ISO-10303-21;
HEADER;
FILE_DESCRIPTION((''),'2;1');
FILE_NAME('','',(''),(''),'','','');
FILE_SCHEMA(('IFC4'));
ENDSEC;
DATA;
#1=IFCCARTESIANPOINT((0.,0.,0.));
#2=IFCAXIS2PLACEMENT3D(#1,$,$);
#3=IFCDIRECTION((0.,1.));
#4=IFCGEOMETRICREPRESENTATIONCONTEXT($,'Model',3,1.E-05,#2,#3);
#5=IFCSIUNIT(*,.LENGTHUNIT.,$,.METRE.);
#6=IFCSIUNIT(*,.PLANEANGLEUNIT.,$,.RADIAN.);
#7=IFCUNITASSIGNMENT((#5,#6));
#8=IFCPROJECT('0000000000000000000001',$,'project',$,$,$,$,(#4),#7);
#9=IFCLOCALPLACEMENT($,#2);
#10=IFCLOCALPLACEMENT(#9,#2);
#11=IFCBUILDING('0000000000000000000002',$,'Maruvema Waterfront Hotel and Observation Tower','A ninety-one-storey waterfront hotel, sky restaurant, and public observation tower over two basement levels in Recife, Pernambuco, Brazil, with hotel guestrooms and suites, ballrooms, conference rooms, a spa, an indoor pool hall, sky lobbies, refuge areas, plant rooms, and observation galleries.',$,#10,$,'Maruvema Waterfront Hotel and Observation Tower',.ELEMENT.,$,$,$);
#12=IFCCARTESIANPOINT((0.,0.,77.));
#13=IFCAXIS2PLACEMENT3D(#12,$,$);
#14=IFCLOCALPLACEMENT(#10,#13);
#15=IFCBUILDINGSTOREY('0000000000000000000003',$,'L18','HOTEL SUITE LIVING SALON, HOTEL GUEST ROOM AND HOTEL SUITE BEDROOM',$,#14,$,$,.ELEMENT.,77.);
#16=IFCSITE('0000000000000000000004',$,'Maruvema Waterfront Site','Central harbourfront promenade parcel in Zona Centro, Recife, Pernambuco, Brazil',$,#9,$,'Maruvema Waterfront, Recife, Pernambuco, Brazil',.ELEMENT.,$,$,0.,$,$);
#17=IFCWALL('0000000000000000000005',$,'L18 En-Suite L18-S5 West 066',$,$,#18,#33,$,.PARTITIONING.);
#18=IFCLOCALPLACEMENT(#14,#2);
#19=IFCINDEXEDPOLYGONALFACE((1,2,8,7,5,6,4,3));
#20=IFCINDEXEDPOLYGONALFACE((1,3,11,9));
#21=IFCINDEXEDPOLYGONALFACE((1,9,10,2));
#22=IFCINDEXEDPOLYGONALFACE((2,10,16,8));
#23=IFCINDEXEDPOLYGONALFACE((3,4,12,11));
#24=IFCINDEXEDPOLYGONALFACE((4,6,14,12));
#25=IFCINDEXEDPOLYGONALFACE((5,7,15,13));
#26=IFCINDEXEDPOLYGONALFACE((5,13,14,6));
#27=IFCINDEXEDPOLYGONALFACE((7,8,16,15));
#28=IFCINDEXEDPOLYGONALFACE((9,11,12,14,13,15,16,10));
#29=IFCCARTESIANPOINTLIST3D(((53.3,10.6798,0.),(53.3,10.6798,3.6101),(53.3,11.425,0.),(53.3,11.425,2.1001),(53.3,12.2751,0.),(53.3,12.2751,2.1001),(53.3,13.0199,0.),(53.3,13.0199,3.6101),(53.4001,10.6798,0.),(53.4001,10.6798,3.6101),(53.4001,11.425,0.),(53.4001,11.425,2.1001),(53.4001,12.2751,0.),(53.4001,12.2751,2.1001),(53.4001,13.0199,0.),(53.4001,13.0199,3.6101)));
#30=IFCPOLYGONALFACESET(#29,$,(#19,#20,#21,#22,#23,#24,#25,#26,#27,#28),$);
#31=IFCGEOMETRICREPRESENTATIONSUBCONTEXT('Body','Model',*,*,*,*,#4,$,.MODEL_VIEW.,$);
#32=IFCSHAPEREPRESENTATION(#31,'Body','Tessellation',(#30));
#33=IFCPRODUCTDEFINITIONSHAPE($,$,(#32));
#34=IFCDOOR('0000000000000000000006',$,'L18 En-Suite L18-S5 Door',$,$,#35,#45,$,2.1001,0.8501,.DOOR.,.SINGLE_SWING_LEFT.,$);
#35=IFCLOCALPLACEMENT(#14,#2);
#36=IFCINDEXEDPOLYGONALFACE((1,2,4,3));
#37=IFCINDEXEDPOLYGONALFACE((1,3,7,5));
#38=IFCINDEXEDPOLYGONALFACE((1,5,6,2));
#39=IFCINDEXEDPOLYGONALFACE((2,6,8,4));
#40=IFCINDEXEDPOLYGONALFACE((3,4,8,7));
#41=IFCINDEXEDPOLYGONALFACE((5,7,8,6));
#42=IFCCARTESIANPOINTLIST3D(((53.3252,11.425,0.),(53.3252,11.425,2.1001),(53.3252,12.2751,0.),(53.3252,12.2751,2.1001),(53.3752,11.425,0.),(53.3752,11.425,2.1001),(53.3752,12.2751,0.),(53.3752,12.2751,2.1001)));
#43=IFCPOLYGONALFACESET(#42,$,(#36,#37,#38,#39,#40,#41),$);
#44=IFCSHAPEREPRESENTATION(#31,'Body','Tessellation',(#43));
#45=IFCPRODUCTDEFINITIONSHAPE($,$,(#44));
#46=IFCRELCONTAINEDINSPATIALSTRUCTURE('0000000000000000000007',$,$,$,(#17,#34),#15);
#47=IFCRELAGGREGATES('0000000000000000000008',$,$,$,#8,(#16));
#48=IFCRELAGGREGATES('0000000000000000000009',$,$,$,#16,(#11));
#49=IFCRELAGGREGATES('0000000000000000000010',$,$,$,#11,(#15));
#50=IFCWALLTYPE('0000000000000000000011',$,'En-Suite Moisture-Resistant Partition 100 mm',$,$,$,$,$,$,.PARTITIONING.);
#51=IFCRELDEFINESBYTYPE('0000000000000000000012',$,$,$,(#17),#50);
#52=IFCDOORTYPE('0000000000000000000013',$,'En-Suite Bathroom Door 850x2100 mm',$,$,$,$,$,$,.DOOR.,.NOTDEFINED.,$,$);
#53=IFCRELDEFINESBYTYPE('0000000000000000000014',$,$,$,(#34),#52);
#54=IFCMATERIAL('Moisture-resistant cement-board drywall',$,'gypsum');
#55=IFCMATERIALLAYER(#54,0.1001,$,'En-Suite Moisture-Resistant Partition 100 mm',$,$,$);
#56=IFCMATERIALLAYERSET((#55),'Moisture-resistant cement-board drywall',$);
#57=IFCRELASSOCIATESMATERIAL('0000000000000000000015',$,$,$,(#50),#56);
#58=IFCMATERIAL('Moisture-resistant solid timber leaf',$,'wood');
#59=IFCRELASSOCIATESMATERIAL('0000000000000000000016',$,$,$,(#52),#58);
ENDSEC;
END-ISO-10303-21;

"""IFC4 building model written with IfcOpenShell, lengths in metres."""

from ifc_helpers import new_model, si_unit, direction, frame, frame_2d, origin, place, context, subcontext, project, spatial, rectangle, extrude, material, layer, layer_set, type_object, element, fill, save


model = new_model("IFC4")

# Units and contexts
model_context = context("Model", 3, precision=1e-05, world=origin(), true_north=direction((0.0, 1.0)))
body_context = subcontext(model_context, "Body", "Model", "MODEL_VIEW")
ifc_project = project(units=[si_unit("LENGTHUNIT", "METRE"), si_unit("PLANEANGLEUNIT", "RADIAN")], contexts=[model_context])

# Site, building, storey
site_placement = place(None, origin())
site = spatial("IfcSite", under=ifc_project, at=site_placement, Name="Maruvema Waterfront Site", Description="Central harbourfront promenade parcel in Zona Centro, Recife, Pernambuco, Brazil", LongName="Maruvema Waterfront, Recife, Pernambuco, Brazil", CompositionType="ELEMENT", RefElevation=0.0)
building_placement = place(site_placement, origin())
building = spatial("IfcBuilding", under=site, at=building_placement, Name="Maruvema Waterfront Hotel and Observation Tower", Description="A ninety-one-storey waterfront hotel, sky restaurant, and public observation tower over two basement levels in Recife, Pernambuco, Brazil, with hotel guestrooms and suites, ballrooms, conference rooms, a spa, an indoor pool hall, sky lobbies, refuge areas, plant rooms, and observation galleries.", LongName="Maruvema Waterfront Hotel and Observation Tower", CompositionType="ELEMENT")
storey_placement = place(building_placement, frame((0.0, 0.0, 77.0)))
storey = spatial("IfcBuildingStorey", under=building, at=storey_placement, Name="L18", Description="HOTEL SUITE LIVING SALON, HOTEL GUEST ROOM AND HOTEL SUITE BEDROOM", CompositionType="ELEMENT", Elevation=77.0)

# Shared definitions
ifc_material_1 = material(Name="Moisture-resistant cement-board drywall", Category="gypsum")
ifc_layer_1 = layer(ifc_material_1, 0.1001, Name="En-Suite Moisture-Resistant Partition 100 mm")
ifc_layer_set_1 = layer_set([ifc_layer_1], Name="Moisture-resistant cement-board drywall")
wall_type_1 = type_object("IfcWallType", Name="En-Suite Moisture-Resistant Partition 100 mm", PredefinedType="PARTITIONING", material=ifc_layer_set_1)
ifc_material_2 = material(Name="Moisture-resistant solid timber leaf", Category="wood")
door_type_1 = type_object("IfcDoorType", Name="En-Suite Bathroom Door 850x2100 mm", OperationType="NOTDEFINED", PredefinedType="DOOR", material=ifc_material_2)

# Wall, opening, door
wall_1_placement = place(storey_placement, frame((53.3501, 10.6799, 0.0), z_axis=(0.0, 0.0, 1.0), x_axis=(0.0, 1.0, 0.0)))
wall_1 = element("IfcWall", 1, at=wall_1_placement, inside=storey, type_object=wall_type_1, Name="L18 En-Suite L18-S5 West 066", PredefinedType="PARTITIONING", context=body_context, shape_type="SweptSolid", body=[
    extrude(rectangle(XDim=2.3401, YDim=0.1001, at=frame_2d((1.1699, 0.0))), origin(), (0.0, 0.0, 1.0), 3.6101),
])
opening_1_placement = place(wall_1_placement, frame((0.7451, 0.0, 0.0)))
opening_1 = element("IfcOpeningElement", 2, at=opening_1_placement, cuts=wall_1, PredefinedType="OPENING", context=body_context, shape_type="SweptSolid", body=[
    extrude(rectangle(XDim=0.8501, YDim=2.1001, at=frame_2d((0.425, 1.05))), frame((0.0, 0.0601, 0.0), z_axis=(0.0, -1.0, 0.0), x_axis=(1.0, 0.0, 0.0)), (0.0, 0.0, 1.0), 0.1201),
])
door_1_placement = place(opening_1_placement, origin())
door_1 = element("IfcDoor", 3, at=door_1_placement, inside=storey, type_object=door_type_1, Name="L18 En-Suite L18-S5 Door", OperationType="SINGLE_SWING_LEFT", OverallHeight=2.1001, OverallWidth=0.8501, PredefinedType="DOOR", context=body_context, shape_type="SweptSolid", body=[
    extrude(rectangle(XDim=0.8501, YDim=2.1001, at=frame_2d((0.425, 1.05))), frame((0.0, 0.0249, 0.0), z_axis=(0.0, -1.0, 0.0), x_axis=(1.0, 0.0, 0.0)), (0.0, 0.0, 1.0), 0.05),
])
fill(opening_1, door_1)

save(model, "model.ifc")
